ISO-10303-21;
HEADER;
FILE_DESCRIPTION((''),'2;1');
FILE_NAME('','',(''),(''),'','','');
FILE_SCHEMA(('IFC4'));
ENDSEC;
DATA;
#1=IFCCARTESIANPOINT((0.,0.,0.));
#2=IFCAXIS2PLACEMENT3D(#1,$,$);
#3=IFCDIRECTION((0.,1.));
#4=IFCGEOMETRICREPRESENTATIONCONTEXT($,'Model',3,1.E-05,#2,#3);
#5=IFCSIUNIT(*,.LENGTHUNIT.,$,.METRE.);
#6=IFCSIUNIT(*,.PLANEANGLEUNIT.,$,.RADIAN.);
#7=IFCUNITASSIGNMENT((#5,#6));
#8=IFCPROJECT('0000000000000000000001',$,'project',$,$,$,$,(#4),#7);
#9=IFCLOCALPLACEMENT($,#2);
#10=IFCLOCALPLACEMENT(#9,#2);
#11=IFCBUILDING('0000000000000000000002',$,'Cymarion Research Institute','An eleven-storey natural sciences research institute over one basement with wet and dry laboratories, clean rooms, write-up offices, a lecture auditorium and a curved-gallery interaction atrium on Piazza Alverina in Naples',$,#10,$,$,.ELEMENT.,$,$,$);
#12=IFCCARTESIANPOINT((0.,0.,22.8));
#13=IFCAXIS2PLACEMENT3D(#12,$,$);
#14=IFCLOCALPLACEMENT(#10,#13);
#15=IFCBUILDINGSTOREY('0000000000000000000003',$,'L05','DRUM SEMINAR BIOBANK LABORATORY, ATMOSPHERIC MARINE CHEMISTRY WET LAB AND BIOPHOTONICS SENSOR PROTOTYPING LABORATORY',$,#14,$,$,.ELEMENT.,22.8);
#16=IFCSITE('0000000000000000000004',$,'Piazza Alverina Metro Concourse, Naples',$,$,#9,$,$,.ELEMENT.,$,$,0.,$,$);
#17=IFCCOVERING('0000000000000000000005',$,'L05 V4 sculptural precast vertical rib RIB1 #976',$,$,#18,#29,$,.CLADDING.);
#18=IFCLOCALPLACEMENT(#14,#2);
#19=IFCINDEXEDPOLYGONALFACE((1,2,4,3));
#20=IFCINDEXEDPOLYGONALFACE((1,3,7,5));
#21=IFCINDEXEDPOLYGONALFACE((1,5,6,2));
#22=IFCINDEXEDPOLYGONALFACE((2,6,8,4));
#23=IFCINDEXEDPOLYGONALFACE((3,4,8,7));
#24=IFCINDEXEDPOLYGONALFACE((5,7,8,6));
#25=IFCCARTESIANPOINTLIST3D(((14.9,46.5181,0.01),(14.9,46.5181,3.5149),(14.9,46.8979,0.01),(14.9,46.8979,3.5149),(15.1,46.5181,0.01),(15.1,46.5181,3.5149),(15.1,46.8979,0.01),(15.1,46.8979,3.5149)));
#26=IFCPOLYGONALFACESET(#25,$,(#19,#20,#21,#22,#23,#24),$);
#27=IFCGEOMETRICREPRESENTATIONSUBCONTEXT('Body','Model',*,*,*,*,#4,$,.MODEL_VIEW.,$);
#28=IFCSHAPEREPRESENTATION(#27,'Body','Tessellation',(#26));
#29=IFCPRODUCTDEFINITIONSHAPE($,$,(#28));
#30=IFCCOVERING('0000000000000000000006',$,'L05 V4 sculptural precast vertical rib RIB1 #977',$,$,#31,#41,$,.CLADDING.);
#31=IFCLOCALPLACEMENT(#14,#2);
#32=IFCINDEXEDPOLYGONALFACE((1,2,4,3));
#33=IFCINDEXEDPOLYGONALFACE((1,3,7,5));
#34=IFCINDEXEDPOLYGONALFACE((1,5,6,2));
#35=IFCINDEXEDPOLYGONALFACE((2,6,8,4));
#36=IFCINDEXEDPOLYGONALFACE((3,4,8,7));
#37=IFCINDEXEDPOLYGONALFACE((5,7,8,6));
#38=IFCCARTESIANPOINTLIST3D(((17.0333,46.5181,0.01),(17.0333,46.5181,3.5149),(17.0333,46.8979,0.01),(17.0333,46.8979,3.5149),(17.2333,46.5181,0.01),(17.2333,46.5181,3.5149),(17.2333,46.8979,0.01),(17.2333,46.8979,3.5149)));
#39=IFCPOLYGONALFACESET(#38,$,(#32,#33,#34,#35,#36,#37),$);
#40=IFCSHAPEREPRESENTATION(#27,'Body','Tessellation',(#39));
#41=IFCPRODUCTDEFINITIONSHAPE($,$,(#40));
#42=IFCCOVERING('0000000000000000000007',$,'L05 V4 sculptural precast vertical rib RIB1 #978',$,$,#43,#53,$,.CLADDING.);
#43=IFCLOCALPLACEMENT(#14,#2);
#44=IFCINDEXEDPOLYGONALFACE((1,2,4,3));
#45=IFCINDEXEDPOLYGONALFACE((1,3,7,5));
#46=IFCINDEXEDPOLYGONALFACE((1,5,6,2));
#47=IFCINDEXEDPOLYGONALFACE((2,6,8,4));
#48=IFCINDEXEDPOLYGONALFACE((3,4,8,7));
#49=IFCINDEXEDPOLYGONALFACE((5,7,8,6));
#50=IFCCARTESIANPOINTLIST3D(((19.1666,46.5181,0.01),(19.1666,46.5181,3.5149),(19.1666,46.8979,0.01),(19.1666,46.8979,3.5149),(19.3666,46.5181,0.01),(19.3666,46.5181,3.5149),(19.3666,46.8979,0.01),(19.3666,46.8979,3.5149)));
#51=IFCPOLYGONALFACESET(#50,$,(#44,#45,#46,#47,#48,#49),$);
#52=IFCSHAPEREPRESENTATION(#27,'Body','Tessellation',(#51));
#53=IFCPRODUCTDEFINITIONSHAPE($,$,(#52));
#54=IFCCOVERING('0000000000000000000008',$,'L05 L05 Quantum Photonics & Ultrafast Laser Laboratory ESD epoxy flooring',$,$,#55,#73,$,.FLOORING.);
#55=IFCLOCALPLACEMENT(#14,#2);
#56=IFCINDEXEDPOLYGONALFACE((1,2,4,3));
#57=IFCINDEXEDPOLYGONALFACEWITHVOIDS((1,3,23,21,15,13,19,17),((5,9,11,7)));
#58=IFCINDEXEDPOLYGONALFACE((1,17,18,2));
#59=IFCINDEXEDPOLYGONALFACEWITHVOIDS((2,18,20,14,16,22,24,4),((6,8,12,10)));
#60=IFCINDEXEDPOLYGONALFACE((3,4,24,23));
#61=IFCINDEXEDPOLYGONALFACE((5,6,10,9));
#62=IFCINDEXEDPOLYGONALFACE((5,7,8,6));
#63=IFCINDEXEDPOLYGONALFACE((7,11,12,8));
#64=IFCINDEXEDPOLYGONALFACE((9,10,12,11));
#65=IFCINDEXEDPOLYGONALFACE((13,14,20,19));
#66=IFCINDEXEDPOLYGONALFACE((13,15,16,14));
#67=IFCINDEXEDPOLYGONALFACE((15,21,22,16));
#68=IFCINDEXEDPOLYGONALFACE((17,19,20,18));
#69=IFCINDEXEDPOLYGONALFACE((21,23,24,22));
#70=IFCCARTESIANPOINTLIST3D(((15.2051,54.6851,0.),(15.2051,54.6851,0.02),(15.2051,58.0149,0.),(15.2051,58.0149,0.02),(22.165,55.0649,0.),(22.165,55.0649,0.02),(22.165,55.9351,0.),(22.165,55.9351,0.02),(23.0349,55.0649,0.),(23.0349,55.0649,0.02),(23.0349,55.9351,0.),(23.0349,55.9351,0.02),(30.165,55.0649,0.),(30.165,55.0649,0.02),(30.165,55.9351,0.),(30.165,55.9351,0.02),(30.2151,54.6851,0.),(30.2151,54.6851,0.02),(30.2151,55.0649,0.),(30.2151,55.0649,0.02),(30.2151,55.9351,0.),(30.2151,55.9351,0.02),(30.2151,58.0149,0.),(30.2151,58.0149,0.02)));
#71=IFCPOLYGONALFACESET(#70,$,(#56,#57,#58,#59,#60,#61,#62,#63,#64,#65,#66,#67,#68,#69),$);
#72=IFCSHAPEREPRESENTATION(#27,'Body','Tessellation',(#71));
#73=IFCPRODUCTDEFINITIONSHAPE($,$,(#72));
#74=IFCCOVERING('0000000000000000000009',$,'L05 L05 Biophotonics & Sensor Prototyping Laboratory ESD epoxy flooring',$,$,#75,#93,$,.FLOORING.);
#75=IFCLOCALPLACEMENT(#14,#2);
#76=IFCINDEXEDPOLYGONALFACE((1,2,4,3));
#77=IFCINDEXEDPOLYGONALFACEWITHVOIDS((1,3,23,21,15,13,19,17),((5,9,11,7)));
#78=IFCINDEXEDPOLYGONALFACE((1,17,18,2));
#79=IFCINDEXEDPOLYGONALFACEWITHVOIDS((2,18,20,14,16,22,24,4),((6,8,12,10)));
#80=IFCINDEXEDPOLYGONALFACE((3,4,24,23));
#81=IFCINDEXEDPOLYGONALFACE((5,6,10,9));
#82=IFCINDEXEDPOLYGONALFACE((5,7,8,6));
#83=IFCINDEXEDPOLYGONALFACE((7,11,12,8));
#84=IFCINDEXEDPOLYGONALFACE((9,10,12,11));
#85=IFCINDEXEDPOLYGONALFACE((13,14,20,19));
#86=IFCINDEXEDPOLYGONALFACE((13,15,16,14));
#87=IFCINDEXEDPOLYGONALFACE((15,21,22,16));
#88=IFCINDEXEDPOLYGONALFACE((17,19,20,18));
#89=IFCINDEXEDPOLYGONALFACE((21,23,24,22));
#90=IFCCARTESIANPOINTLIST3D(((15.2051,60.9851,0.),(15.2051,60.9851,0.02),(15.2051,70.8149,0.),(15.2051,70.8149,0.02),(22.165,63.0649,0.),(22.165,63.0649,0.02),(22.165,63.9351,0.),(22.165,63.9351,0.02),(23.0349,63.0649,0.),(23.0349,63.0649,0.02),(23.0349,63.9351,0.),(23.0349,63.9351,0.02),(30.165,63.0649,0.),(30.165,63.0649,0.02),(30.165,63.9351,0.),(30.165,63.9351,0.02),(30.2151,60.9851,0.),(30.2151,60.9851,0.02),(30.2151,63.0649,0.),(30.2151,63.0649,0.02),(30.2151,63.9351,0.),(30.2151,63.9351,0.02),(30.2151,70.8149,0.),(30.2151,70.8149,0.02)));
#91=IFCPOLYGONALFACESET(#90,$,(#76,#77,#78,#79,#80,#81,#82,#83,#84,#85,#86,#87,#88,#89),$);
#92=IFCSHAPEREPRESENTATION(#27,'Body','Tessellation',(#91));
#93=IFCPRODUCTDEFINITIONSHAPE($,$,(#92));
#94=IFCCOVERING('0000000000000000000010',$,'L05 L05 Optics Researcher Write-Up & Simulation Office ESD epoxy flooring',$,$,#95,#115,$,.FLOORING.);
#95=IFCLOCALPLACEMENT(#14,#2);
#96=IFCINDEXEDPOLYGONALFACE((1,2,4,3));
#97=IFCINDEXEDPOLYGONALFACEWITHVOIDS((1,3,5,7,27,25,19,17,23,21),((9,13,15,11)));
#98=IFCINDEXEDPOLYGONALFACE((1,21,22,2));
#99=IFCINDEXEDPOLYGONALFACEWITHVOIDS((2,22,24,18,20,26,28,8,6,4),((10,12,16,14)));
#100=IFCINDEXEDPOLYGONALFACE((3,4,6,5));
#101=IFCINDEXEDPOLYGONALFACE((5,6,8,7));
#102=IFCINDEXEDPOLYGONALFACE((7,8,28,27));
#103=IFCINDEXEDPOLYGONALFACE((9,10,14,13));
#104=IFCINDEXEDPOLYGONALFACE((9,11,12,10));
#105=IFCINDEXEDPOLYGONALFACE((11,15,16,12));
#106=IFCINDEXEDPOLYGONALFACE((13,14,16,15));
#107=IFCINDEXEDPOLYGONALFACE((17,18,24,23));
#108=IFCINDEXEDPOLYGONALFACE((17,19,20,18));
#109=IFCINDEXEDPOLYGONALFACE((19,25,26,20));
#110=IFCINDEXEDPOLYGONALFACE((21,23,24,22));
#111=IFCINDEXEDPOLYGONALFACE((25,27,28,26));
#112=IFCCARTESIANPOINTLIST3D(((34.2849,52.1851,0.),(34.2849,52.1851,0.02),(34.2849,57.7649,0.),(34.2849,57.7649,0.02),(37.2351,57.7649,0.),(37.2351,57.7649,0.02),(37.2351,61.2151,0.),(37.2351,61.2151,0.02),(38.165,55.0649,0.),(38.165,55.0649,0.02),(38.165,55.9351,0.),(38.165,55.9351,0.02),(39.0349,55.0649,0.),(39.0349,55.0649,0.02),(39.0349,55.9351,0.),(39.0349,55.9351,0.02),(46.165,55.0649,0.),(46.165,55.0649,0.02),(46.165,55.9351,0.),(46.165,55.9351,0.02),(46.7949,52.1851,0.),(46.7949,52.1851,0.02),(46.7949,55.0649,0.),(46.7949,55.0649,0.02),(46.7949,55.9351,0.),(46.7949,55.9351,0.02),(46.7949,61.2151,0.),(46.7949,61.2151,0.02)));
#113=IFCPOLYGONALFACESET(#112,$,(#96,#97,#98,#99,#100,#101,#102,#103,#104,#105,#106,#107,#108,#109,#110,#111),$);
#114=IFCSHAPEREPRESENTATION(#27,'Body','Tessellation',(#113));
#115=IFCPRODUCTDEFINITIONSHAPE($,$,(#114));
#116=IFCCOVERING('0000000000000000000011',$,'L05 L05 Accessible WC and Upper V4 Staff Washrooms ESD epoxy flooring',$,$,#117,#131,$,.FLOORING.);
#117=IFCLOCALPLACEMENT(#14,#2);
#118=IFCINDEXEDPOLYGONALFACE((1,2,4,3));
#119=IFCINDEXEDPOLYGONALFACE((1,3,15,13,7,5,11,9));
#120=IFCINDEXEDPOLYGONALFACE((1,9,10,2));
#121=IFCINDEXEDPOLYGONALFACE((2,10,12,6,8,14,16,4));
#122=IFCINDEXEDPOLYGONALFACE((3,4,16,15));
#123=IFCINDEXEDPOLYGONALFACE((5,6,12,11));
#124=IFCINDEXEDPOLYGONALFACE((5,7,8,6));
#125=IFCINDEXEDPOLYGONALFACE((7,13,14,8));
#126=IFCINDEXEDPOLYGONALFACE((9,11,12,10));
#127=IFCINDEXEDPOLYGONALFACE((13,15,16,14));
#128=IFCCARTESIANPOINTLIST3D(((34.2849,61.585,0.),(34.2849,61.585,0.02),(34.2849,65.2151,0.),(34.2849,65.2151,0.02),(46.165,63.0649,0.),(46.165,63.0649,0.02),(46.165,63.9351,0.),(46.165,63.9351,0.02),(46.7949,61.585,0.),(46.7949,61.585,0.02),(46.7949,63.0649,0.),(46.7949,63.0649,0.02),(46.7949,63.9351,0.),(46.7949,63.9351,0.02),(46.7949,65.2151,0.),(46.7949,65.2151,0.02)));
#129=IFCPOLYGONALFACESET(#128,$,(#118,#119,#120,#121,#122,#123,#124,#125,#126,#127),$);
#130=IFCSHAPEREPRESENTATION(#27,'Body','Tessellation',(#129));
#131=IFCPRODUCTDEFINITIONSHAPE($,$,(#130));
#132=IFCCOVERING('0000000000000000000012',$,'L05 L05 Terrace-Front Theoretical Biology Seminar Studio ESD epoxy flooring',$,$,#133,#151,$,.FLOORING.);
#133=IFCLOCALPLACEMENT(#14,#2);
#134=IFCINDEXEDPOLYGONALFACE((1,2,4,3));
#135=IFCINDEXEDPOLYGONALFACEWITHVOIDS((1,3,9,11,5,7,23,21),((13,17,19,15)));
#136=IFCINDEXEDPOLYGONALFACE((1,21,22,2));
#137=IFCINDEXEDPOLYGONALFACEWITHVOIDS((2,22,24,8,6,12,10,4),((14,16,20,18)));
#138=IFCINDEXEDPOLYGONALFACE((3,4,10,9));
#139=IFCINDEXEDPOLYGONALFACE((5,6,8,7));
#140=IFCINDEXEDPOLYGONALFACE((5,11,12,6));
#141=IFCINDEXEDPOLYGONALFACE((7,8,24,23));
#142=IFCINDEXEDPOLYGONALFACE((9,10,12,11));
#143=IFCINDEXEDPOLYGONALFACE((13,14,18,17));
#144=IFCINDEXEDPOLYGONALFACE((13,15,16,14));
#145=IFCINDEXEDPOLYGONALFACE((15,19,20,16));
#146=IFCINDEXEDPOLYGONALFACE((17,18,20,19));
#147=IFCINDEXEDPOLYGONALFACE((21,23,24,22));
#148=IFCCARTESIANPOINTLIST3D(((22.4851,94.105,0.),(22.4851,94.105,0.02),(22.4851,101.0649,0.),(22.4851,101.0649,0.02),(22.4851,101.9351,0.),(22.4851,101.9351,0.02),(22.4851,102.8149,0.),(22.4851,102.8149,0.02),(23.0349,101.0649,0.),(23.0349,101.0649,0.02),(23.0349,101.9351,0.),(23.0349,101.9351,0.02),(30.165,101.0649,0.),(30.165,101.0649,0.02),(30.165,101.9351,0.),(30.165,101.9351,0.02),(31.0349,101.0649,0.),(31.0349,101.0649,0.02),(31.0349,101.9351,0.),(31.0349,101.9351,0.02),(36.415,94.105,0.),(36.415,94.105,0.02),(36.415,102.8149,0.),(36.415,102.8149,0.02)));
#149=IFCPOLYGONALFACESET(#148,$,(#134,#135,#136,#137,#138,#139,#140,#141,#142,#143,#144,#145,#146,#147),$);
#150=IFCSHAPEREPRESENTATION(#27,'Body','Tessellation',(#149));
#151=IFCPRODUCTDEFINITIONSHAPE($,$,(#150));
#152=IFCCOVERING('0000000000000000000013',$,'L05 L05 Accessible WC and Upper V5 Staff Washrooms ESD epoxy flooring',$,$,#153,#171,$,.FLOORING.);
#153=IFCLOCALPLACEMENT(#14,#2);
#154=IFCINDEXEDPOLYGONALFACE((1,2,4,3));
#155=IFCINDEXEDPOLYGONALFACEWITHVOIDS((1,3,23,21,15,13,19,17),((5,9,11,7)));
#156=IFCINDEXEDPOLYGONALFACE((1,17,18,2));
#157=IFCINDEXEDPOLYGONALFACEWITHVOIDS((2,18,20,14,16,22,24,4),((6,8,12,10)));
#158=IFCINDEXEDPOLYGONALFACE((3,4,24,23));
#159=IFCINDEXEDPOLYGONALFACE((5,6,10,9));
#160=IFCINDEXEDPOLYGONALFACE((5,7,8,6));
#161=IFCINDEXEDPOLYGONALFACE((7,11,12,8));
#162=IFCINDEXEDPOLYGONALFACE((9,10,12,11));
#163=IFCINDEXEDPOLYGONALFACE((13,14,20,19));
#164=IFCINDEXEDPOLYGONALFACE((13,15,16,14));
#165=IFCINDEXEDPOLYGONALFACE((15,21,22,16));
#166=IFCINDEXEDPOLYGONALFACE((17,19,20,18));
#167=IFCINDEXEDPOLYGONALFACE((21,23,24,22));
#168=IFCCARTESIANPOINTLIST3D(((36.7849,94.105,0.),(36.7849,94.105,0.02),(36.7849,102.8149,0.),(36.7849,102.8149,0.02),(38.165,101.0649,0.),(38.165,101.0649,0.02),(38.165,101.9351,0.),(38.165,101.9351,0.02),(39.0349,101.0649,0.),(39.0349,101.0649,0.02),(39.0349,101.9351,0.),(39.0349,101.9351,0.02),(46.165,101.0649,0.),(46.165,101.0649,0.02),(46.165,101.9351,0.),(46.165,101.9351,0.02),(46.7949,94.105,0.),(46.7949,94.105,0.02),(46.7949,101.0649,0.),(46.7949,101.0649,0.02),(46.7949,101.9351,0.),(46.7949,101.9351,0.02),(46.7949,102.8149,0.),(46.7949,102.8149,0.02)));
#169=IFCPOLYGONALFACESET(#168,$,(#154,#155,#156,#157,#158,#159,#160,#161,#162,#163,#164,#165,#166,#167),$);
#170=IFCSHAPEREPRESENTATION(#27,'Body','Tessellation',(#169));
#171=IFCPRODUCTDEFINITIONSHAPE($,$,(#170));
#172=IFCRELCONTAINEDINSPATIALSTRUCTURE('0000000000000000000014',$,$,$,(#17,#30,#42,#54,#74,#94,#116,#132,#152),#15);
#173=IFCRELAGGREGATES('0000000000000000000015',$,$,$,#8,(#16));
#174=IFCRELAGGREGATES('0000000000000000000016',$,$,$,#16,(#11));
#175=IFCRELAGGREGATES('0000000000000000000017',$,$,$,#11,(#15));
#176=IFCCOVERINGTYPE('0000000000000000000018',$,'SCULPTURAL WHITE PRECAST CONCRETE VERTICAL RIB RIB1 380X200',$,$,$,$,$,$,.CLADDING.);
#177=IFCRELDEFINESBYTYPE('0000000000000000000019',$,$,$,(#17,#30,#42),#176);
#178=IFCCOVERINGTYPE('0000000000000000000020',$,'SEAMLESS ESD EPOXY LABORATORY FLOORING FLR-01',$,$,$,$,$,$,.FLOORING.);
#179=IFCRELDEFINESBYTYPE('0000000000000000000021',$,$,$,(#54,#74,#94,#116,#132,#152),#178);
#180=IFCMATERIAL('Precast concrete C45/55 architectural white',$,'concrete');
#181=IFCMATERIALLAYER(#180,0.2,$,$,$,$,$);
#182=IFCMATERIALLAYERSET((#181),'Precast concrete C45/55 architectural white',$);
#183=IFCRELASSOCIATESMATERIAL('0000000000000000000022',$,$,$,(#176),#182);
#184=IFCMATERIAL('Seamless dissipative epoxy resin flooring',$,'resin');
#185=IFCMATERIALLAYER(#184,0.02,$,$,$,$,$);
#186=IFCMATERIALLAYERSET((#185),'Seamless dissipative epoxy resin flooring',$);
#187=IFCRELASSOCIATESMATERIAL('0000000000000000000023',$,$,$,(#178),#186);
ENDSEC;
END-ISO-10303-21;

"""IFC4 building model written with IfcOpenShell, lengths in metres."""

from ifc_helpers import new_model, si_unit, direction, frame, origin, origin_2d, place, context, subcontext, project, spatial, polyline, rectangle, outline, extrude, material, layer, layer_set, type_object, element, save


model = new_model("IFC4")

# Units and contexts
model_context = context("Model", 3, precision=1e-05, world=origin(), true_north=direction((0.0, 1.0)))
body_context = subcontext(model_context, "Body", "Model", "MODEL_VIEW")
ifc_project = project(units=[si_unit("LENGTHUNIT", "METRE"), si_unit("PLANEANGLEUNIT", "RADIAN")], contexts=[model_context])

# Site, building, storey
site_placement = place(None, origin())
site = spatial("IfcSite", under=ifc_project, at=site_placement, Name="Piazza Alverina Metro Concourse, Naples", CompositionType="ELEMENT", RefElevation=0.0)
building_placement = place(site_placement, origin())
building = spatial("IfcBuilding", under=site, at=building_placement, Name="Cymarion Research Institute", Description="An eleven-storey natural sciences research institute over one basement with wet and dry laboratories, clean rooms, write-up offices, a lecture auditorium and a curved-gallery interaction atrium on Piazza Alverina in Naples", CompositionType="ELEMENT")
storey_placement = place(building_placement, frame((0.0, 0.0, 22.8)))
storey = spatial("IfcBuildingStorey", under=building, at=storey_placement, Name="L05", Description="DRUM SEMINAR BIOBANK LABORATORY, ATMOSPHERIC MARINE CHEMISTRY WET LAB AND BIOPHOTONICS SENSOR PROTOTYPING LABORATORY", CompositionType="ELEMENT", Elevation=22.8)

# Coverings
ifc_material_1 = material(Name="Precast concrete C45/55 architectural white", Category="concrete")
ifc_layer_1 = layer(ifc_material_1, 0.2)
ifc_layer_set_1 = layer_set([ifc_layer_1], Name="Precast concrete C45/55 architectural white")
covering_type_1 = type_object("IfcCoveringType", Name="SCULPTURAL WHITE PRECAST CONCRETE VERTICAL RIB RIB1 380X200", PredefinedType="CLADDING", material=ifc_layer_set_1)
for number, where, z_axis, x_axis, name in (
    (1, (15.0, 46.708, 0.01), (0.0, 0.0, 1.0), (0.0, -1.0, 0.0), "L05 V4 sculptural precast vertical rib RIB1 #976"),
    (2, (17.1333, 46.708, 0.01), (0.0, 0.0, 1.0), (0.0, -1.0, 0.0), "L05 V4 sculptural precast vertical rib RIB1 #977"),
    (3, (19.2666, 46.708, 0.01), (0.0, 0.0, 1.0), (0.0, -1.0, 0.0), "L05 V4 sculptural precast vertical rib RIB1 #978"),
):
    element("IfcCovering", number, at=place(storey_placement, frame(where, z_axis=z_axis, x_axis=x_axis)), inside=storey, type_object=covering_type_1, Name=name, PredefinedType="CLADDING", context=body_context, shape_type="SweptSolid", body=[
        extrude(rectangle(XDim=0.3799, YDim=0.2, at=origin_2d()), origin(), (0.0, 0.0, 1.0), 3.5049),
    ])
ifc_material_2 = material(Name="Seamless dissipative epoxy resin flooring", Category="resin")
ifc_layer_2 = layer(ifc_material_2, 0.02)
ifc_layer_set_2 = layer_set([ifc_layer_2], Name="Seamless dissipative epoxy resin flooring")
covering_type_2 = type_object("IfcCoveringType", Name="SEAMLESS ESD EPOXY LABORATORY FLOORING FLR-01", PredefinedType="FLOORING", material=ifc_layer_set_2)
covering_1_placement = place(storey_placement, origin())
element("IfcCovering", 4, at=covering_1_placement, inside=storey, type_object=covering_type_2, Name="L05 L05 Quantum Photonics & Ultrafast Laser Laboratory ESD epoxy flooring", PredefinedType="FLOORING", context=body_context, shape_type="SweptSolid", body=[
    extrude(outline(polyline([(30.2151, 55.0649), (30.2151, 54.6851), (15.2051, 54.6851), (15.2051, 58.0149), (30.2151, 58.0149), (30.2151, 55.9351), (30.165, 55.9351), (30.165, 55.0649), (30.2151, 55.0649)]), holes=[polyline([(22.165, 55.0649), (23.0349, 55.0649), (23.0349, 55.9351), (22.165, 55.9351), (22.165, 55.0649)])]), origin(), (0.0, 0.0, 1.0), 0.02),
])
covering_2_placement = place(storey_placement, origin())
element("IfcCovering", 5, at=covering_2_placement, inside=storey, type_object=covering_type_2, Name="L05 L05 Biophotonics & Sensor Prototyping Laboratory ESD epoxy flooring", PredefinedType="FLOORING", context=body_context, shape_type="SweptSolid", body=[
    extrude(outline(polyline([(30.2151, 63.0649), (30.2151, 60.9851), (15.2051, 60.9851), (15.2051, 70.8149), (30.2151, 70.8149), (30.2151, 63.9351), (30.165, 63.9351), (30.165, 63.0649), (30.2151, 63.0649)]), holes=[polyline([(22.165, 63.9351), (22.165, 63.0649), (23.0349, 63.0649), (23.0349, 63.9351), (22.165, 63.9351)])]), origin(), (0.0, 0.0, 1.0), 0.02),
])
covering_3_placement = place(storey_placement, origin())
element("IfcCovering", 6, at=covering_3_placement, inside=storey, type_object=covering_type_2, Name="L05 L05 Optics Researcher Write-Up & Simulation Office ESD epoxy flooring", PredefinedType="FLOORING", context=body_context, shape_type="SweptSolid", body=[
    extrude(outline(polyline([(34.2849, 57.7649), (37.2351, 57.7649), (37.2351, 61.2151), (46.7949, 61.2151), (46.7949, 55.9351), (46.165, 55.9351), (46.165, 55.0649), (46.7949, 55.0649), (46.7949, 52.1851), (34.2849, 52.1851), (34.2849, 57.7649)]), holes=[polyline([(38.165, 55.9351), (38.165, 55.0649), (39.0349, 55.0649), (39.0349, 55.9351), (38.165, 55.9351)])]), origin(), (0.0, 0.0, 1.0), 0.02),
])
covering_4_placement = place(storey_placement, origin())
element("IfcCovering", 7, at=covering_4_placement, inside=storey, type_object=covering_type_2, Name="L05 L05 Accessible WC and Upper V4 Staff Washrooms ESD epoxy flooring", PredefinedType="FLOORING", context=body_context, shape_type="SweptSolid", body=[
    extrude(outline(polyline([(34.2849, 65.2151), (46.7949, 65.2151), (46.7949, 63.9351), (46.165, 63.9351), (46.165, 63.0649), (46.7949, 63.0649), (46.7949, 61.585), (34.2849, 61.585), (34.2849, 65.2151)])), origin(), (0.0, 0.0, 1.0), 0.02),
])
covering_5_placement = place(storey_placement, origin())
element("IfcCovering", 8, at=covering_5_placement, inside=storey, type_object=covering_type_2, Name="L05 L05 Terrace-Front Theoretical Biology Seminar Studio ESD epoxy flooring", PredefinedType="FLOORING", context=body_context, shape_type="SweptSolid", body=[
    extrude(outline(polyline([(22.4851, 101.0649), (23.0349, 101.0649), (23.0349, 101.9351), (22.4851, 101.9351), (22.4851, 102.8149), (36.415, 102.8149), (36.415, 94.105), (22.4851, 94.105), (22.4851, 101.0649)]), holes=[polyline([(30.165, 101.9351), (30.165, 101.0649), (31.0349, 101.0649), (31.0349, 101.9351), (30.165, 101.9351)])]), origin(), (0.0, 0.0, 1.0), 0.02),
])
covering_6_placement = place(storey_placement, origin())
element("IfcCovering", 9, at=covering_6_placement, inside=storey, type_object=covering_type_2, Name="L05 L05 Accessible WC and Upper V5 Staff Washrooms ESD epoxy flooring", PredefinedType="FLOORING", context=body_context, shape_type="SweptSolid", body=[
    extrude(outline(polyline([(46.165, 101.9351), (46.165, 101.0649), (46.7949, 101.0649), (46.7949, 94.105), (36.7849, 94.105), (36.7849, 102.8149), (46.7949, 102.8149), (46.7949, 101.9351), (46.165, 101.9351)]), holes=[polyline([(38.165, 101.0649), (39.0349, 101.0649), (39.0349, 101.9351), (38.165, 101.9351), (38.165, 101.0649)])]), origin(), (0.0, 0.0, 1.0), 0.02),
])

save(model, "model.ifc")
